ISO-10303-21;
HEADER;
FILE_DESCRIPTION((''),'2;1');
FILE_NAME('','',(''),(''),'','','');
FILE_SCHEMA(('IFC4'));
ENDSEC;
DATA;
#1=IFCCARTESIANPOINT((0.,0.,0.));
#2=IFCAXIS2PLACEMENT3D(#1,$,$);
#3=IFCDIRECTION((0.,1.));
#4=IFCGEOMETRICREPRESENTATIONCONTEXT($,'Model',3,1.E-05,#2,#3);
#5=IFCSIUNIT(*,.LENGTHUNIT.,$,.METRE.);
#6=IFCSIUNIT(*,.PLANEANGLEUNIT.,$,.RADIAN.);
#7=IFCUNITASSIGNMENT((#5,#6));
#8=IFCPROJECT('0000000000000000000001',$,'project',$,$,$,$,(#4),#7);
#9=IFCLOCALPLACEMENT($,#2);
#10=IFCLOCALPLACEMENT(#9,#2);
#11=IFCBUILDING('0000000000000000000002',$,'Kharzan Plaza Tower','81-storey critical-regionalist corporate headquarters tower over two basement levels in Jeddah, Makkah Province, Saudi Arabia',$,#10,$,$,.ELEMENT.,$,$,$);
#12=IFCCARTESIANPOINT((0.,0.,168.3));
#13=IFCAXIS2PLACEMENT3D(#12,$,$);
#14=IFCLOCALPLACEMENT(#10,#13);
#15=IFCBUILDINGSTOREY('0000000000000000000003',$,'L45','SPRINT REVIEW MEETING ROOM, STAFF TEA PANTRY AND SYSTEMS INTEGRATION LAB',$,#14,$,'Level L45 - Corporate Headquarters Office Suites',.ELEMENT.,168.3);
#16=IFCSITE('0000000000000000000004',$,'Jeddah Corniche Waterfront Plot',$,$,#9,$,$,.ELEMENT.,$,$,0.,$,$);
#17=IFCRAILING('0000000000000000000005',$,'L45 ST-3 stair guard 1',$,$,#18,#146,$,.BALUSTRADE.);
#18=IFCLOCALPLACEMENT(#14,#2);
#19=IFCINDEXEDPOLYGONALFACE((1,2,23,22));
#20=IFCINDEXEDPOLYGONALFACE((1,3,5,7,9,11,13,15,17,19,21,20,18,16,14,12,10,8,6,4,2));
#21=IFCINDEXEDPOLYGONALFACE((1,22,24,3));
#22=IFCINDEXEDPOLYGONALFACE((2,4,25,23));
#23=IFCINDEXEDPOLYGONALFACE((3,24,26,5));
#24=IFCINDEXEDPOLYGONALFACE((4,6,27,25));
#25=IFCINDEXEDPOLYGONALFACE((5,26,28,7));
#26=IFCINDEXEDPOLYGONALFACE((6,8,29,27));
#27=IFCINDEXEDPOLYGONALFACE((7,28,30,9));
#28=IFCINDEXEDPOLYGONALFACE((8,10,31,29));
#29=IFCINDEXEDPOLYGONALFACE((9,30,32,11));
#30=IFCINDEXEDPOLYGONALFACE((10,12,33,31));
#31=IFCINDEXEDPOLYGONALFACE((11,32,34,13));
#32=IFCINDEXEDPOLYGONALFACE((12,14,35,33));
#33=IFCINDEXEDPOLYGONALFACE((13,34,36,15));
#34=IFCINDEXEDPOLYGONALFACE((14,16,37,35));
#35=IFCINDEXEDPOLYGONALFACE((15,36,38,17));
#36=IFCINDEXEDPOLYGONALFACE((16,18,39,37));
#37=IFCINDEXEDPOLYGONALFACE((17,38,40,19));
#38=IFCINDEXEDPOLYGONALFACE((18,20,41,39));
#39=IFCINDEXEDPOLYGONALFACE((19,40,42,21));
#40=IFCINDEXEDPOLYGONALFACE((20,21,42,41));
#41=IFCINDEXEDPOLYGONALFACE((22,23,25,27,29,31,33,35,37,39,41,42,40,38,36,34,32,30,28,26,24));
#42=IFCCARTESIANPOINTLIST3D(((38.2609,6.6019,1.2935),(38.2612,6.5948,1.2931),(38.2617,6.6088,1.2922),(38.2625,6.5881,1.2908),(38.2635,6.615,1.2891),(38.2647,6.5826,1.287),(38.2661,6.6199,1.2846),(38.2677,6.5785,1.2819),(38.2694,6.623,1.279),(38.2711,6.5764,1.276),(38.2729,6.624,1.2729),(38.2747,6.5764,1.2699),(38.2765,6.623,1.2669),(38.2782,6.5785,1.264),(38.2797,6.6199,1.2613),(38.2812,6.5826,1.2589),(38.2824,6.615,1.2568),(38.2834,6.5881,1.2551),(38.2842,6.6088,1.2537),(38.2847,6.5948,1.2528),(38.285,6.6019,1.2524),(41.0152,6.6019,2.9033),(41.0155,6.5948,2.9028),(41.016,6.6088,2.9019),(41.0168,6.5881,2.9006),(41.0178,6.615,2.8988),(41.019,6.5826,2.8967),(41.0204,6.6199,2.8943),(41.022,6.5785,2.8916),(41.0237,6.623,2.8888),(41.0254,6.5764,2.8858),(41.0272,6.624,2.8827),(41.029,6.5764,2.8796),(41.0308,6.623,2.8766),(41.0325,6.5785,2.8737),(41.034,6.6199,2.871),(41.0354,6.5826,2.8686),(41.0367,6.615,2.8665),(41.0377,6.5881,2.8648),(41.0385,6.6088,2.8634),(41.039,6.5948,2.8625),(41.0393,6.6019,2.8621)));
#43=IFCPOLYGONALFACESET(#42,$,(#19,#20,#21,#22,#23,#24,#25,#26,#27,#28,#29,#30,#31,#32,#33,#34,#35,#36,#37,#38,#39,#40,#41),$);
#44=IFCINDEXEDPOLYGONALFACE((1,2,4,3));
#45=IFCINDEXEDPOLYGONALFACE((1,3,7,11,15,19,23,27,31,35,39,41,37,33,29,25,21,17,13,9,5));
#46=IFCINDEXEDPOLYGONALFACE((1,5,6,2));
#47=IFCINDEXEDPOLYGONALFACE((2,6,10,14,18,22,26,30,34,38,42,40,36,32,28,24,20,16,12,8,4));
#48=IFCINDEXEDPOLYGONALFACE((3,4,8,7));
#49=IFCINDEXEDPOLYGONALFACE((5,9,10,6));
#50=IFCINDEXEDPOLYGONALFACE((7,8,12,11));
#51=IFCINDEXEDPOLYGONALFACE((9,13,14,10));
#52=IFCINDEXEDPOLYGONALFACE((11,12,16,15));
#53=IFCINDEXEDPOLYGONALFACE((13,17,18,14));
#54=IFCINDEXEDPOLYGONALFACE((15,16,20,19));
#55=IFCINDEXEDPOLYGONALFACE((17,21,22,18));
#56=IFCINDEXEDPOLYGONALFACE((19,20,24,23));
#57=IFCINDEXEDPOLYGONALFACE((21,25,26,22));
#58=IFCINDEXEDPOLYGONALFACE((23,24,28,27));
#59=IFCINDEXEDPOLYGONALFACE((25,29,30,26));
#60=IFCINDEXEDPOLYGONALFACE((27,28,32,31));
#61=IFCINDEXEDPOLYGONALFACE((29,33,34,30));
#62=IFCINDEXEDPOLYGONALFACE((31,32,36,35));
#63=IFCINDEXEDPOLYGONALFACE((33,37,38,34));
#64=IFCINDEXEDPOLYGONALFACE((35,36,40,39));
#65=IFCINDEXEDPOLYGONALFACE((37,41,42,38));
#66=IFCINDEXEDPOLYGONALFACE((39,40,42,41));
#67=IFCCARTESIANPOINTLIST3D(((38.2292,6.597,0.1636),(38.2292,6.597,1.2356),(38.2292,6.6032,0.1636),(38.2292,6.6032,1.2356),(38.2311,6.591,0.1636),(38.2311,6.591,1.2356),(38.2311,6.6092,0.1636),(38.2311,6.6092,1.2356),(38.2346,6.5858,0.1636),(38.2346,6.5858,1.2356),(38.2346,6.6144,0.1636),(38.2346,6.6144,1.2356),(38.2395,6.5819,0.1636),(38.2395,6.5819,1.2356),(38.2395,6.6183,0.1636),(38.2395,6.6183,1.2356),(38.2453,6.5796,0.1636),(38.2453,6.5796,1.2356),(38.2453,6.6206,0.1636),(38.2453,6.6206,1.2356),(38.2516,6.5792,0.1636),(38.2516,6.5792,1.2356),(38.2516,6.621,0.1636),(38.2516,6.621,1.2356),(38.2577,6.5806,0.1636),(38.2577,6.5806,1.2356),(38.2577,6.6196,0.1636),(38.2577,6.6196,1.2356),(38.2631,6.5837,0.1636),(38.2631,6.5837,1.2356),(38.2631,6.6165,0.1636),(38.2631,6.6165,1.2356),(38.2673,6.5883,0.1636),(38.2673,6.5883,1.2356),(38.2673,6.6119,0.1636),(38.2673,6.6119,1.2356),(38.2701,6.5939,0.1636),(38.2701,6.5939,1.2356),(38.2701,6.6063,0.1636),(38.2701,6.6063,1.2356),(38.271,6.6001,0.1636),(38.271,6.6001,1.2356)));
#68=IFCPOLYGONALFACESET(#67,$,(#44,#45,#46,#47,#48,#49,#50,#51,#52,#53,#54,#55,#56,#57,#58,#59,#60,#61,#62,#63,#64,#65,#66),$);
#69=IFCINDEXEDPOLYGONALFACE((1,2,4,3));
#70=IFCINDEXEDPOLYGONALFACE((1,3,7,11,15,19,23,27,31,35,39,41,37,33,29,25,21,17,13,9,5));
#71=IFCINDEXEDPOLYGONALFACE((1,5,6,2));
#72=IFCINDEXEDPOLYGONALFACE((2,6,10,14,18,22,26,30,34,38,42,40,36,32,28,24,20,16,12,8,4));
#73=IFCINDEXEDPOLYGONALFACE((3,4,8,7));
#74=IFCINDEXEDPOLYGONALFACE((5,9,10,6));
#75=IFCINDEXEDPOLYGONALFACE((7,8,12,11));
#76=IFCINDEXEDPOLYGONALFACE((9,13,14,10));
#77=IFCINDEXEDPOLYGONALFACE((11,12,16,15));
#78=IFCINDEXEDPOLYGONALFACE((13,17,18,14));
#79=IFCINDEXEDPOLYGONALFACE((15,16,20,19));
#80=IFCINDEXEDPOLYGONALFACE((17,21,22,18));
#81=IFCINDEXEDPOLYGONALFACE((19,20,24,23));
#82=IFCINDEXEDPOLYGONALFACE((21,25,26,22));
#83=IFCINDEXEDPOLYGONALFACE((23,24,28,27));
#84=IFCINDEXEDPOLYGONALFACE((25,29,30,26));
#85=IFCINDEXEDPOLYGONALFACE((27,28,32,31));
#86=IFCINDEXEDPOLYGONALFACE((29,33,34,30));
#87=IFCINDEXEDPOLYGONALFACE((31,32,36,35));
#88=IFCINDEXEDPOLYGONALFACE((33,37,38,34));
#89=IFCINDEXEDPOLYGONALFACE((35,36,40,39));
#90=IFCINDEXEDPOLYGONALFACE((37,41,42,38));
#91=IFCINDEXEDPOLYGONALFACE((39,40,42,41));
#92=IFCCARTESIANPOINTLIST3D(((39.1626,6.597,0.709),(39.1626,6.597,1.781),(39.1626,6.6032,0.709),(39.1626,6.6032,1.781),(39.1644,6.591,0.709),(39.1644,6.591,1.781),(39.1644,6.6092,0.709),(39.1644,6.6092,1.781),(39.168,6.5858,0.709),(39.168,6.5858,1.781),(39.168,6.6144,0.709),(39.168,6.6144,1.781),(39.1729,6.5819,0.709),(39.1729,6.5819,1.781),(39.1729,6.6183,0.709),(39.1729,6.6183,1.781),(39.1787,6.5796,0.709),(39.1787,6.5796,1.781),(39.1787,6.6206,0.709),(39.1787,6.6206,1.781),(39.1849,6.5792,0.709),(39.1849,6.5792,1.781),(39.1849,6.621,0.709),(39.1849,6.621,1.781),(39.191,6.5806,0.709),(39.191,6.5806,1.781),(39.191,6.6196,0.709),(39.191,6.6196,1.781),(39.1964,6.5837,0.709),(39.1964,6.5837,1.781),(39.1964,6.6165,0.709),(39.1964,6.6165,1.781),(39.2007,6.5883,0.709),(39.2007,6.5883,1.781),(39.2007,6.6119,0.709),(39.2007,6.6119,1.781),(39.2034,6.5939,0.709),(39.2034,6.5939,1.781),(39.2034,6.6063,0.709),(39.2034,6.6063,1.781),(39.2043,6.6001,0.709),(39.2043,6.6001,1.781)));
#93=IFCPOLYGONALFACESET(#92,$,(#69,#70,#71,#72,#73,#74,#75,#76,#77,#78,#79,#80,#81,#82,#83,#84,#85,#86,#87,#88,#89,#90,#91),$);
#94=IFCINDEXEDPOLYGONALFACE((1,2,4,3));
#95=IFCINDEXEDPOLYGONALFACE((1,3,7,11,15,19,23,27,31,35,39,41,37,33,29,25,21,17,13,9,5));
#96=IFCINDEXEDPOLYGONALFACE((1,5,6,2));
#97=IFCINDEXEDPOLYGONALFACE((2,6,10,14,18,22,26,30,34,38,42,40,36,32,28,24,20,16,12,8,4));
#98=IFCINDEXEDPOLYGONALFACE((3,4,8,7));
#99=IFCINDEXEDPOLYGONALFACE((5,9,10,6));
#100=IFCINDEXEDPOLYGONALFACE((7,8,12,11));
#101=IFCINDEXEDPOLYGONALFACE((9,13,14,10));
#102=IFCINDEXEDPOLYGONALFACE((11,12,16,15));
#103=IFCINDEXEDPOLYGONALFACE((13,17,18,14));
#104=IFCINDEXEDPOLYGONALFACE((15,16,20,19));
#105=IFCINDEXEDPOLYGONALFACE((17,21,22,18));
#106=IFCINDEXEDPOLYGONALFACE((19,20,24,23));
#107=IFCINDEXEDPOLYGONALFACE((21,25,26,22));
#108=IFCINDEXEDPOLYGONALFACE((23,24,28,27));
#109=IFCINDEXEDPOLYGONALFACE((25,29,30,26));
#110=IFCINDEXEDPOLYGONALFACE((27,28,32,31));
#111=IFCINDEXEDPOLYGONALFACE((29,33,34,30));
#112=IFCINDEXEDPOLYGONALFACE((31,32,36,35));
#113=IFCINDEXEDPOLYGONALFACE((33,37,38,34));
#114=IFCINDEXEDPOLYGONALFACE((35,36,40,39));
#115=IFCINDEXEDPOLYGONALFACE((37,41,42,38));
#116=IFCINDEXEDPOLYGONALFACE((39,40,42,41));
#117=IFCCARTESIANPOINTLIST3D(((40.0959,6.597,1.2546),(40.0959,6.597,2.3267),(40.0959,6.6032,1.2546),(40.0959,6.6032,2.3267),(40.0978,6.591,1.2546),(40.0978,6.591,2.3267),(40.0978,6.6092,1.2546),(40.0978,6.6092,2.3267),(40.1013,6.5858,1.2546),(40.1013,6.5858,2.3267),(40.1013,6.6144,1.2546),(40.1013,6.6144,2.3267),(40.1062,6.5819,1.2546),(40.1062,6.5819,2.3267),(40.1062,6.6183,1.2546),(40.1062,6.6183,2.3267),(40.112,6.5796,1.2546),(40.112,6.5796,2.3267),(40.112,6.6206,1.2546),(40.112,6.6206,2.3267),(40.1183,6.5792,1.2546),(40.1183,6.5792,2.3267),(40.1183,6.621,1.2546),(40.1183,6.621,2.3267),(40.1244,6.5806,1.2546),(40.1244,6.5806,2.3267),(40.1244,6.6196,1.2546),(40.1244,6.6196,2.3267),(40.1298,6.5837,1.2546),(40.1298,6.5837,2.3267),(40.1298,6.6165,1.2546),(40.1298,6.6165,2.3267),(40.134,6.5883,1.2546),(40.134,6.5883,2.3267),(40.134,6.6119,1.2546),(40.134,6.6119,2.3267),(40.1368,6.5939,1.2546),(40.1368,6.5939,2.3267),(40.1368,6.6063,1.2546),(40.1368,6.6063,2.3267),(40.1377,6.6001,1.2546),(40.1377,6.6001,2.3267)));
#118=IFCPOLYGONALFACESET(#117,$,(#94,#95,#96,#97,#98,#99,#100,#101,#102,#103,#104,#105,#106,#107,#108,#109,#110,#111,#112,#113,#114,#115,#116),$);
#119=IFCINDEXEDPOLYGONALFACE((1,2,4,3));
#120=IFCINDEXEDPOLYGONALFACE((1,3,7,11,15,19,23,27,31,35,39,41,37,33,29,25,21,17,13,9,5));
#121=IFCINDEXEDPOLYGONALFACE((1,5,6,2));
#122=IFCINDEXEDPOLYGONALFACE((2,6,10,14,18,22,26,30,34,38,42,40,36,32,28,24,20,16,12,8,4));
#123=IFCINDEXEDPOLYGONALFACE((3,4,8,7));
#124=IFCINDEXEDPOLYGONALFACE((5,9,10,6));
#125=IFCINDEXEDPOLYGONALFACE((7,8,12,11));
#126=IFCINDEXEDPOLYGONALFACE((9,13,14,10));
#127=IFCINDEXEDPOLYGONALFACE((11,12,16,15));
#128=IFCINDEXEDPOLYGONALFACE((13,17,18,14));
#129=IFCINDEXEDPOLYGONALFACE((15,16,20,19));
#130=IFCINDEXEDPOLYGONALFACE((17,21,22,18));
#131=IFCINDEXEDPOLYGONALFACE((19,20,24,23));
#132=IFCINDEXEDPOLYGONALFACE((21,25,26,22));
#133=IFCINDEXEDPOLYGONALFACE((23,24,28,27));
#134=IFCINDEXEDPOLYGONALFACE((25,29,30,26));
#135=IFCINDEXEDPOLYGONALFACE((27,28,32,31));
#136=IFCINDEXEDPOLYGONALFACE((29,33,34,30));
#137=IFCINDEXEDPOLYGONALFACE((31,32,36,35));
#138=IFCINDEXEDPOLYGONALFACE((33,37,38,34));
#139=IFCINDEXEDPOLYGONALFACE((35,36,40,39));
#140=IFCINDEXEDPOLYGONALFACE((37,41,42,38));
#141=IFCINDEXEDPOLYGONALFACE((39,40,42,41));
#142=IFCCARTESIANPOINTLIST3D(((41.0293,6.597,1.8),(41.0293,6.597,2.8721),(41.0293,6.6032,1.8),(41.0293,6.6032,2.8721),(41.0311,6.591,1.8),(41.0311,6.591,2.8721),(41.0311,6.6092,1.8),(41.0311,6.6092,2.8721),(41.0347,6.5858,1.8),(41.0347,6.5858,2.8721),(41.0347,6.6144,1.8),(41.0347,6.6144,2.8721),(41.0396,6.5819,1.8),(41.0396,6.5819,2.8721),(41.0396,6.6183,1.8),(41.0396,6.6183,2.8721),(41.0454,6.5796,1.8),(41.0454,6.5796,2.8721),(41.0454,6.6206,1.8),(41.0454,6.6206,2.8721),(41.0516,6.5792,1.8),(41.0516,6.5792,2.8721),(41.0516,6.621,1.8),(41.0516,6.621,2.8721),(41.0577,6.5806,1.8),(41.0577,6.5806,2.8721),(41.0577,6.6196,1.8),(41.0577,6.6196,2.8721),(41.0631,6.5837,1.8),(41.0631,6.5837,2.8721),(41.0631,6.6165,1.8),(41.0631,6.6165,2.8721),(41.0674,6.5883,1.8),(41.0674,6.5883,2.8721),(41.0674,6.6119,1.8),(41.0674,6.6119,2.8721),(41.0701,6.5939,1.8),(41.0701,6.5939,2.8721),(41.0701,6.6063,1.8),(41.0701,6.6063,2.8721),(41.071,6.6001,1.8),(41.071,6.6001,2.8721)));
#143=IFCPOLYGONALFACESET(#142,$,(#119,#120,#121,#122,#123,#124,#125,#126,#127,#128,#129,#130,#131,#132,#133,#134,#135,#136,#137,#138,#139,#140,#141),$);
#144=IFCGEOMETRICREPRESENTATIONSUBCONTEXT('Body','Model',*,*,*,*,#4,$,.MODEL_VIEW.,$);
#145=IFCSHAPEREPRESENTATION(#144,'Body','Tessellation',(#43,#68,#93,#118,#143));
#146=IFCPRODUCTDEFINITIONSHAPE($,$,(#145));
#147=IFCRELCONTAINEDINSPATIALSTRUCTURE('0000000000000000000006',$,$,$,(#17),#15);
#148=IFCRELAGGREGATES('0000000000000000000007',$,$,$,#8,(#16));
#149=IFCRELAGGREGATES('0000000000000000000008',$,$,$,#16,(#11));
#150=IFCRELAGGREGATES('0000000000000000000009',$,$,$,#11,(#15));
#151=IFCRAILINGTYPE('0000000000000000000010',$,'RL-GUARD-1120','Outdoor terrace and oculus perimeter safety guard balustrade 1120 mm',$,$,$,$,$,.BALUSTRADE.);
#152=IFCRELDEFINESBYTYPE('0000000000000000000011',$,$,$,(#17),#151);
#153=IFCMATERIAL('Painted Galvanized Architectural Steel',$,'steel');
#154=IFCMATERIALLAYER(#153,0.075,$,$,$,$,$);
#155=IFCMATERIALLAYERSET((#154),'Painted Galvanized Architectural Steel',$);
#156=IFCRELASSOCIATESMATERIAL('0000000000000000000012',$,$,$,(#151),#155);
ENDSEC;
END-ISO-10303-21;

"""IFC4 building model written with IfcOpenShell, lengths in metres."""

from ifc_helpers import new_model, si_unit, direction, frame, origin, origin_2d, place, context, subcontext, project, spatial, circle, extrude, source, transform, mapped, material, layer, layer_set, type_object, element, save


model = new_model("IFC4")

# Units and contexts
model_context = context("Model", 3, precision=1e-05, world=origin(), true_north=direction((0.0, 1.0)))
body_context = subcontext(model_context, "Body", "Model", "MODEL_VIEW")
ifc_project = project(units=[si_unit("LENGTHUNIT", "METRE"), si_unit("PLANEANGLEUNIT", "RADIAN")], contexts=[model_context])

# Site, building, storey
site_placement = place(None, origin())
site = spatial("IfcSite", under=ifc_project, at=site_placement, Name="Jeddah Corniche Waterfront Plot", CompositionType="ELEMENT", RefElevation=0.0)
building_placement = place(site_placement, origin())
building = spatial("IfcBuilding", under=site, at=building_placement, Name="Kharzan Plaza Tower", Description="81-storey critical-regionalist corporate headquarters tower over two basement levels in Jeddah, Makkah Province, Saudi Arabia", CompositionType="ELEMENT")
storey_placement = place(building_placement, frame((0.0, 0.0, 168.3)))
storey = spatial("IfcBuildingStorey", under=building, at=storey_placement, Name="L45", Description="SPRINT REVIEW MEETING ROOM, STAFF TEA PANTRY AND SYSTEMS INTEGRATION LAB", LongName="Level L45 - Corporate Headquarters Office Suites", CompositionType="ELEMENT", Elevation=168.3)

# Railing
ifc_material_1 = material(Name="Painted Galvanized Architectural Steel", Category="steel")
ifc_layer_1 = layer(ifc_material_1, 0.075)
ifc_layer_set_1 = layer_set([ifc_layer_1], Name="Painted Galvanized Architectural Steel")
railing_type_1 = type_object("IfcRailingType", Name="RL-GUARD-1120", Description="Outdoor terrace and oculus perimeter safety guard balustrade 1120 mm", PredefinedType="BALUSTRADE", material=ifc_layer_set_1)
shared_shape_1 = source(origin(), body_context, "Body", "SweptSolid", [
    extrude(circle(Radius=0.0239, at=origin_2d()), frame((0.0229, 0.0, 1.1094), z_axis=(0.863361, 0.0, 0.504587), x_axis=(0.0, 1.0, 0.0)), (0.0, 0.0, 1.0), 3.1902),
    extrude(circle(Radius=0.021, at=origin_2d()), origin(), (0.0, 0.0, 1.0), 1.072),
    extrude(circle(Radius=0.021, at=origin_2d()), frame((0.9333, 0.0, 0.5454)), (0.0, 0.0, 1.0), 1.072),
    extrude(circle(Radius=0.021, at=origin_2d()), frame((1.8667, 0.0, 1.0911)), (0.0, 0.0, 1.0), 1.072),
    extrude(circle(Radius=0.021, at=origin_2d()), frame((2.8, 0.0, 1.6365)), (0.0, 0.0, 1.0), 1.072),
])
railing_1_placement = place(storey_placement, frame((38.25, 6.6001, 0.1636)))
element("IfcRailing", 1, at=railing_1_placement, inside=storey, type_object=railing_type_1, Name="L45 ST-3 stair guard 1", PredefinedType="BALUSTRADE", context=body_context, shape_type="MappedRepresentation", body=[
    mapped(shared_shape_1, transform((0.0, 0.0, 0.0), x_axis=(1.0, 0.0, 0.0), y_axis=(0.0, 1.0, 0.0), z_axis=(0.0, 0.0, 1.0))),
])

save(model, "model.ifc")
